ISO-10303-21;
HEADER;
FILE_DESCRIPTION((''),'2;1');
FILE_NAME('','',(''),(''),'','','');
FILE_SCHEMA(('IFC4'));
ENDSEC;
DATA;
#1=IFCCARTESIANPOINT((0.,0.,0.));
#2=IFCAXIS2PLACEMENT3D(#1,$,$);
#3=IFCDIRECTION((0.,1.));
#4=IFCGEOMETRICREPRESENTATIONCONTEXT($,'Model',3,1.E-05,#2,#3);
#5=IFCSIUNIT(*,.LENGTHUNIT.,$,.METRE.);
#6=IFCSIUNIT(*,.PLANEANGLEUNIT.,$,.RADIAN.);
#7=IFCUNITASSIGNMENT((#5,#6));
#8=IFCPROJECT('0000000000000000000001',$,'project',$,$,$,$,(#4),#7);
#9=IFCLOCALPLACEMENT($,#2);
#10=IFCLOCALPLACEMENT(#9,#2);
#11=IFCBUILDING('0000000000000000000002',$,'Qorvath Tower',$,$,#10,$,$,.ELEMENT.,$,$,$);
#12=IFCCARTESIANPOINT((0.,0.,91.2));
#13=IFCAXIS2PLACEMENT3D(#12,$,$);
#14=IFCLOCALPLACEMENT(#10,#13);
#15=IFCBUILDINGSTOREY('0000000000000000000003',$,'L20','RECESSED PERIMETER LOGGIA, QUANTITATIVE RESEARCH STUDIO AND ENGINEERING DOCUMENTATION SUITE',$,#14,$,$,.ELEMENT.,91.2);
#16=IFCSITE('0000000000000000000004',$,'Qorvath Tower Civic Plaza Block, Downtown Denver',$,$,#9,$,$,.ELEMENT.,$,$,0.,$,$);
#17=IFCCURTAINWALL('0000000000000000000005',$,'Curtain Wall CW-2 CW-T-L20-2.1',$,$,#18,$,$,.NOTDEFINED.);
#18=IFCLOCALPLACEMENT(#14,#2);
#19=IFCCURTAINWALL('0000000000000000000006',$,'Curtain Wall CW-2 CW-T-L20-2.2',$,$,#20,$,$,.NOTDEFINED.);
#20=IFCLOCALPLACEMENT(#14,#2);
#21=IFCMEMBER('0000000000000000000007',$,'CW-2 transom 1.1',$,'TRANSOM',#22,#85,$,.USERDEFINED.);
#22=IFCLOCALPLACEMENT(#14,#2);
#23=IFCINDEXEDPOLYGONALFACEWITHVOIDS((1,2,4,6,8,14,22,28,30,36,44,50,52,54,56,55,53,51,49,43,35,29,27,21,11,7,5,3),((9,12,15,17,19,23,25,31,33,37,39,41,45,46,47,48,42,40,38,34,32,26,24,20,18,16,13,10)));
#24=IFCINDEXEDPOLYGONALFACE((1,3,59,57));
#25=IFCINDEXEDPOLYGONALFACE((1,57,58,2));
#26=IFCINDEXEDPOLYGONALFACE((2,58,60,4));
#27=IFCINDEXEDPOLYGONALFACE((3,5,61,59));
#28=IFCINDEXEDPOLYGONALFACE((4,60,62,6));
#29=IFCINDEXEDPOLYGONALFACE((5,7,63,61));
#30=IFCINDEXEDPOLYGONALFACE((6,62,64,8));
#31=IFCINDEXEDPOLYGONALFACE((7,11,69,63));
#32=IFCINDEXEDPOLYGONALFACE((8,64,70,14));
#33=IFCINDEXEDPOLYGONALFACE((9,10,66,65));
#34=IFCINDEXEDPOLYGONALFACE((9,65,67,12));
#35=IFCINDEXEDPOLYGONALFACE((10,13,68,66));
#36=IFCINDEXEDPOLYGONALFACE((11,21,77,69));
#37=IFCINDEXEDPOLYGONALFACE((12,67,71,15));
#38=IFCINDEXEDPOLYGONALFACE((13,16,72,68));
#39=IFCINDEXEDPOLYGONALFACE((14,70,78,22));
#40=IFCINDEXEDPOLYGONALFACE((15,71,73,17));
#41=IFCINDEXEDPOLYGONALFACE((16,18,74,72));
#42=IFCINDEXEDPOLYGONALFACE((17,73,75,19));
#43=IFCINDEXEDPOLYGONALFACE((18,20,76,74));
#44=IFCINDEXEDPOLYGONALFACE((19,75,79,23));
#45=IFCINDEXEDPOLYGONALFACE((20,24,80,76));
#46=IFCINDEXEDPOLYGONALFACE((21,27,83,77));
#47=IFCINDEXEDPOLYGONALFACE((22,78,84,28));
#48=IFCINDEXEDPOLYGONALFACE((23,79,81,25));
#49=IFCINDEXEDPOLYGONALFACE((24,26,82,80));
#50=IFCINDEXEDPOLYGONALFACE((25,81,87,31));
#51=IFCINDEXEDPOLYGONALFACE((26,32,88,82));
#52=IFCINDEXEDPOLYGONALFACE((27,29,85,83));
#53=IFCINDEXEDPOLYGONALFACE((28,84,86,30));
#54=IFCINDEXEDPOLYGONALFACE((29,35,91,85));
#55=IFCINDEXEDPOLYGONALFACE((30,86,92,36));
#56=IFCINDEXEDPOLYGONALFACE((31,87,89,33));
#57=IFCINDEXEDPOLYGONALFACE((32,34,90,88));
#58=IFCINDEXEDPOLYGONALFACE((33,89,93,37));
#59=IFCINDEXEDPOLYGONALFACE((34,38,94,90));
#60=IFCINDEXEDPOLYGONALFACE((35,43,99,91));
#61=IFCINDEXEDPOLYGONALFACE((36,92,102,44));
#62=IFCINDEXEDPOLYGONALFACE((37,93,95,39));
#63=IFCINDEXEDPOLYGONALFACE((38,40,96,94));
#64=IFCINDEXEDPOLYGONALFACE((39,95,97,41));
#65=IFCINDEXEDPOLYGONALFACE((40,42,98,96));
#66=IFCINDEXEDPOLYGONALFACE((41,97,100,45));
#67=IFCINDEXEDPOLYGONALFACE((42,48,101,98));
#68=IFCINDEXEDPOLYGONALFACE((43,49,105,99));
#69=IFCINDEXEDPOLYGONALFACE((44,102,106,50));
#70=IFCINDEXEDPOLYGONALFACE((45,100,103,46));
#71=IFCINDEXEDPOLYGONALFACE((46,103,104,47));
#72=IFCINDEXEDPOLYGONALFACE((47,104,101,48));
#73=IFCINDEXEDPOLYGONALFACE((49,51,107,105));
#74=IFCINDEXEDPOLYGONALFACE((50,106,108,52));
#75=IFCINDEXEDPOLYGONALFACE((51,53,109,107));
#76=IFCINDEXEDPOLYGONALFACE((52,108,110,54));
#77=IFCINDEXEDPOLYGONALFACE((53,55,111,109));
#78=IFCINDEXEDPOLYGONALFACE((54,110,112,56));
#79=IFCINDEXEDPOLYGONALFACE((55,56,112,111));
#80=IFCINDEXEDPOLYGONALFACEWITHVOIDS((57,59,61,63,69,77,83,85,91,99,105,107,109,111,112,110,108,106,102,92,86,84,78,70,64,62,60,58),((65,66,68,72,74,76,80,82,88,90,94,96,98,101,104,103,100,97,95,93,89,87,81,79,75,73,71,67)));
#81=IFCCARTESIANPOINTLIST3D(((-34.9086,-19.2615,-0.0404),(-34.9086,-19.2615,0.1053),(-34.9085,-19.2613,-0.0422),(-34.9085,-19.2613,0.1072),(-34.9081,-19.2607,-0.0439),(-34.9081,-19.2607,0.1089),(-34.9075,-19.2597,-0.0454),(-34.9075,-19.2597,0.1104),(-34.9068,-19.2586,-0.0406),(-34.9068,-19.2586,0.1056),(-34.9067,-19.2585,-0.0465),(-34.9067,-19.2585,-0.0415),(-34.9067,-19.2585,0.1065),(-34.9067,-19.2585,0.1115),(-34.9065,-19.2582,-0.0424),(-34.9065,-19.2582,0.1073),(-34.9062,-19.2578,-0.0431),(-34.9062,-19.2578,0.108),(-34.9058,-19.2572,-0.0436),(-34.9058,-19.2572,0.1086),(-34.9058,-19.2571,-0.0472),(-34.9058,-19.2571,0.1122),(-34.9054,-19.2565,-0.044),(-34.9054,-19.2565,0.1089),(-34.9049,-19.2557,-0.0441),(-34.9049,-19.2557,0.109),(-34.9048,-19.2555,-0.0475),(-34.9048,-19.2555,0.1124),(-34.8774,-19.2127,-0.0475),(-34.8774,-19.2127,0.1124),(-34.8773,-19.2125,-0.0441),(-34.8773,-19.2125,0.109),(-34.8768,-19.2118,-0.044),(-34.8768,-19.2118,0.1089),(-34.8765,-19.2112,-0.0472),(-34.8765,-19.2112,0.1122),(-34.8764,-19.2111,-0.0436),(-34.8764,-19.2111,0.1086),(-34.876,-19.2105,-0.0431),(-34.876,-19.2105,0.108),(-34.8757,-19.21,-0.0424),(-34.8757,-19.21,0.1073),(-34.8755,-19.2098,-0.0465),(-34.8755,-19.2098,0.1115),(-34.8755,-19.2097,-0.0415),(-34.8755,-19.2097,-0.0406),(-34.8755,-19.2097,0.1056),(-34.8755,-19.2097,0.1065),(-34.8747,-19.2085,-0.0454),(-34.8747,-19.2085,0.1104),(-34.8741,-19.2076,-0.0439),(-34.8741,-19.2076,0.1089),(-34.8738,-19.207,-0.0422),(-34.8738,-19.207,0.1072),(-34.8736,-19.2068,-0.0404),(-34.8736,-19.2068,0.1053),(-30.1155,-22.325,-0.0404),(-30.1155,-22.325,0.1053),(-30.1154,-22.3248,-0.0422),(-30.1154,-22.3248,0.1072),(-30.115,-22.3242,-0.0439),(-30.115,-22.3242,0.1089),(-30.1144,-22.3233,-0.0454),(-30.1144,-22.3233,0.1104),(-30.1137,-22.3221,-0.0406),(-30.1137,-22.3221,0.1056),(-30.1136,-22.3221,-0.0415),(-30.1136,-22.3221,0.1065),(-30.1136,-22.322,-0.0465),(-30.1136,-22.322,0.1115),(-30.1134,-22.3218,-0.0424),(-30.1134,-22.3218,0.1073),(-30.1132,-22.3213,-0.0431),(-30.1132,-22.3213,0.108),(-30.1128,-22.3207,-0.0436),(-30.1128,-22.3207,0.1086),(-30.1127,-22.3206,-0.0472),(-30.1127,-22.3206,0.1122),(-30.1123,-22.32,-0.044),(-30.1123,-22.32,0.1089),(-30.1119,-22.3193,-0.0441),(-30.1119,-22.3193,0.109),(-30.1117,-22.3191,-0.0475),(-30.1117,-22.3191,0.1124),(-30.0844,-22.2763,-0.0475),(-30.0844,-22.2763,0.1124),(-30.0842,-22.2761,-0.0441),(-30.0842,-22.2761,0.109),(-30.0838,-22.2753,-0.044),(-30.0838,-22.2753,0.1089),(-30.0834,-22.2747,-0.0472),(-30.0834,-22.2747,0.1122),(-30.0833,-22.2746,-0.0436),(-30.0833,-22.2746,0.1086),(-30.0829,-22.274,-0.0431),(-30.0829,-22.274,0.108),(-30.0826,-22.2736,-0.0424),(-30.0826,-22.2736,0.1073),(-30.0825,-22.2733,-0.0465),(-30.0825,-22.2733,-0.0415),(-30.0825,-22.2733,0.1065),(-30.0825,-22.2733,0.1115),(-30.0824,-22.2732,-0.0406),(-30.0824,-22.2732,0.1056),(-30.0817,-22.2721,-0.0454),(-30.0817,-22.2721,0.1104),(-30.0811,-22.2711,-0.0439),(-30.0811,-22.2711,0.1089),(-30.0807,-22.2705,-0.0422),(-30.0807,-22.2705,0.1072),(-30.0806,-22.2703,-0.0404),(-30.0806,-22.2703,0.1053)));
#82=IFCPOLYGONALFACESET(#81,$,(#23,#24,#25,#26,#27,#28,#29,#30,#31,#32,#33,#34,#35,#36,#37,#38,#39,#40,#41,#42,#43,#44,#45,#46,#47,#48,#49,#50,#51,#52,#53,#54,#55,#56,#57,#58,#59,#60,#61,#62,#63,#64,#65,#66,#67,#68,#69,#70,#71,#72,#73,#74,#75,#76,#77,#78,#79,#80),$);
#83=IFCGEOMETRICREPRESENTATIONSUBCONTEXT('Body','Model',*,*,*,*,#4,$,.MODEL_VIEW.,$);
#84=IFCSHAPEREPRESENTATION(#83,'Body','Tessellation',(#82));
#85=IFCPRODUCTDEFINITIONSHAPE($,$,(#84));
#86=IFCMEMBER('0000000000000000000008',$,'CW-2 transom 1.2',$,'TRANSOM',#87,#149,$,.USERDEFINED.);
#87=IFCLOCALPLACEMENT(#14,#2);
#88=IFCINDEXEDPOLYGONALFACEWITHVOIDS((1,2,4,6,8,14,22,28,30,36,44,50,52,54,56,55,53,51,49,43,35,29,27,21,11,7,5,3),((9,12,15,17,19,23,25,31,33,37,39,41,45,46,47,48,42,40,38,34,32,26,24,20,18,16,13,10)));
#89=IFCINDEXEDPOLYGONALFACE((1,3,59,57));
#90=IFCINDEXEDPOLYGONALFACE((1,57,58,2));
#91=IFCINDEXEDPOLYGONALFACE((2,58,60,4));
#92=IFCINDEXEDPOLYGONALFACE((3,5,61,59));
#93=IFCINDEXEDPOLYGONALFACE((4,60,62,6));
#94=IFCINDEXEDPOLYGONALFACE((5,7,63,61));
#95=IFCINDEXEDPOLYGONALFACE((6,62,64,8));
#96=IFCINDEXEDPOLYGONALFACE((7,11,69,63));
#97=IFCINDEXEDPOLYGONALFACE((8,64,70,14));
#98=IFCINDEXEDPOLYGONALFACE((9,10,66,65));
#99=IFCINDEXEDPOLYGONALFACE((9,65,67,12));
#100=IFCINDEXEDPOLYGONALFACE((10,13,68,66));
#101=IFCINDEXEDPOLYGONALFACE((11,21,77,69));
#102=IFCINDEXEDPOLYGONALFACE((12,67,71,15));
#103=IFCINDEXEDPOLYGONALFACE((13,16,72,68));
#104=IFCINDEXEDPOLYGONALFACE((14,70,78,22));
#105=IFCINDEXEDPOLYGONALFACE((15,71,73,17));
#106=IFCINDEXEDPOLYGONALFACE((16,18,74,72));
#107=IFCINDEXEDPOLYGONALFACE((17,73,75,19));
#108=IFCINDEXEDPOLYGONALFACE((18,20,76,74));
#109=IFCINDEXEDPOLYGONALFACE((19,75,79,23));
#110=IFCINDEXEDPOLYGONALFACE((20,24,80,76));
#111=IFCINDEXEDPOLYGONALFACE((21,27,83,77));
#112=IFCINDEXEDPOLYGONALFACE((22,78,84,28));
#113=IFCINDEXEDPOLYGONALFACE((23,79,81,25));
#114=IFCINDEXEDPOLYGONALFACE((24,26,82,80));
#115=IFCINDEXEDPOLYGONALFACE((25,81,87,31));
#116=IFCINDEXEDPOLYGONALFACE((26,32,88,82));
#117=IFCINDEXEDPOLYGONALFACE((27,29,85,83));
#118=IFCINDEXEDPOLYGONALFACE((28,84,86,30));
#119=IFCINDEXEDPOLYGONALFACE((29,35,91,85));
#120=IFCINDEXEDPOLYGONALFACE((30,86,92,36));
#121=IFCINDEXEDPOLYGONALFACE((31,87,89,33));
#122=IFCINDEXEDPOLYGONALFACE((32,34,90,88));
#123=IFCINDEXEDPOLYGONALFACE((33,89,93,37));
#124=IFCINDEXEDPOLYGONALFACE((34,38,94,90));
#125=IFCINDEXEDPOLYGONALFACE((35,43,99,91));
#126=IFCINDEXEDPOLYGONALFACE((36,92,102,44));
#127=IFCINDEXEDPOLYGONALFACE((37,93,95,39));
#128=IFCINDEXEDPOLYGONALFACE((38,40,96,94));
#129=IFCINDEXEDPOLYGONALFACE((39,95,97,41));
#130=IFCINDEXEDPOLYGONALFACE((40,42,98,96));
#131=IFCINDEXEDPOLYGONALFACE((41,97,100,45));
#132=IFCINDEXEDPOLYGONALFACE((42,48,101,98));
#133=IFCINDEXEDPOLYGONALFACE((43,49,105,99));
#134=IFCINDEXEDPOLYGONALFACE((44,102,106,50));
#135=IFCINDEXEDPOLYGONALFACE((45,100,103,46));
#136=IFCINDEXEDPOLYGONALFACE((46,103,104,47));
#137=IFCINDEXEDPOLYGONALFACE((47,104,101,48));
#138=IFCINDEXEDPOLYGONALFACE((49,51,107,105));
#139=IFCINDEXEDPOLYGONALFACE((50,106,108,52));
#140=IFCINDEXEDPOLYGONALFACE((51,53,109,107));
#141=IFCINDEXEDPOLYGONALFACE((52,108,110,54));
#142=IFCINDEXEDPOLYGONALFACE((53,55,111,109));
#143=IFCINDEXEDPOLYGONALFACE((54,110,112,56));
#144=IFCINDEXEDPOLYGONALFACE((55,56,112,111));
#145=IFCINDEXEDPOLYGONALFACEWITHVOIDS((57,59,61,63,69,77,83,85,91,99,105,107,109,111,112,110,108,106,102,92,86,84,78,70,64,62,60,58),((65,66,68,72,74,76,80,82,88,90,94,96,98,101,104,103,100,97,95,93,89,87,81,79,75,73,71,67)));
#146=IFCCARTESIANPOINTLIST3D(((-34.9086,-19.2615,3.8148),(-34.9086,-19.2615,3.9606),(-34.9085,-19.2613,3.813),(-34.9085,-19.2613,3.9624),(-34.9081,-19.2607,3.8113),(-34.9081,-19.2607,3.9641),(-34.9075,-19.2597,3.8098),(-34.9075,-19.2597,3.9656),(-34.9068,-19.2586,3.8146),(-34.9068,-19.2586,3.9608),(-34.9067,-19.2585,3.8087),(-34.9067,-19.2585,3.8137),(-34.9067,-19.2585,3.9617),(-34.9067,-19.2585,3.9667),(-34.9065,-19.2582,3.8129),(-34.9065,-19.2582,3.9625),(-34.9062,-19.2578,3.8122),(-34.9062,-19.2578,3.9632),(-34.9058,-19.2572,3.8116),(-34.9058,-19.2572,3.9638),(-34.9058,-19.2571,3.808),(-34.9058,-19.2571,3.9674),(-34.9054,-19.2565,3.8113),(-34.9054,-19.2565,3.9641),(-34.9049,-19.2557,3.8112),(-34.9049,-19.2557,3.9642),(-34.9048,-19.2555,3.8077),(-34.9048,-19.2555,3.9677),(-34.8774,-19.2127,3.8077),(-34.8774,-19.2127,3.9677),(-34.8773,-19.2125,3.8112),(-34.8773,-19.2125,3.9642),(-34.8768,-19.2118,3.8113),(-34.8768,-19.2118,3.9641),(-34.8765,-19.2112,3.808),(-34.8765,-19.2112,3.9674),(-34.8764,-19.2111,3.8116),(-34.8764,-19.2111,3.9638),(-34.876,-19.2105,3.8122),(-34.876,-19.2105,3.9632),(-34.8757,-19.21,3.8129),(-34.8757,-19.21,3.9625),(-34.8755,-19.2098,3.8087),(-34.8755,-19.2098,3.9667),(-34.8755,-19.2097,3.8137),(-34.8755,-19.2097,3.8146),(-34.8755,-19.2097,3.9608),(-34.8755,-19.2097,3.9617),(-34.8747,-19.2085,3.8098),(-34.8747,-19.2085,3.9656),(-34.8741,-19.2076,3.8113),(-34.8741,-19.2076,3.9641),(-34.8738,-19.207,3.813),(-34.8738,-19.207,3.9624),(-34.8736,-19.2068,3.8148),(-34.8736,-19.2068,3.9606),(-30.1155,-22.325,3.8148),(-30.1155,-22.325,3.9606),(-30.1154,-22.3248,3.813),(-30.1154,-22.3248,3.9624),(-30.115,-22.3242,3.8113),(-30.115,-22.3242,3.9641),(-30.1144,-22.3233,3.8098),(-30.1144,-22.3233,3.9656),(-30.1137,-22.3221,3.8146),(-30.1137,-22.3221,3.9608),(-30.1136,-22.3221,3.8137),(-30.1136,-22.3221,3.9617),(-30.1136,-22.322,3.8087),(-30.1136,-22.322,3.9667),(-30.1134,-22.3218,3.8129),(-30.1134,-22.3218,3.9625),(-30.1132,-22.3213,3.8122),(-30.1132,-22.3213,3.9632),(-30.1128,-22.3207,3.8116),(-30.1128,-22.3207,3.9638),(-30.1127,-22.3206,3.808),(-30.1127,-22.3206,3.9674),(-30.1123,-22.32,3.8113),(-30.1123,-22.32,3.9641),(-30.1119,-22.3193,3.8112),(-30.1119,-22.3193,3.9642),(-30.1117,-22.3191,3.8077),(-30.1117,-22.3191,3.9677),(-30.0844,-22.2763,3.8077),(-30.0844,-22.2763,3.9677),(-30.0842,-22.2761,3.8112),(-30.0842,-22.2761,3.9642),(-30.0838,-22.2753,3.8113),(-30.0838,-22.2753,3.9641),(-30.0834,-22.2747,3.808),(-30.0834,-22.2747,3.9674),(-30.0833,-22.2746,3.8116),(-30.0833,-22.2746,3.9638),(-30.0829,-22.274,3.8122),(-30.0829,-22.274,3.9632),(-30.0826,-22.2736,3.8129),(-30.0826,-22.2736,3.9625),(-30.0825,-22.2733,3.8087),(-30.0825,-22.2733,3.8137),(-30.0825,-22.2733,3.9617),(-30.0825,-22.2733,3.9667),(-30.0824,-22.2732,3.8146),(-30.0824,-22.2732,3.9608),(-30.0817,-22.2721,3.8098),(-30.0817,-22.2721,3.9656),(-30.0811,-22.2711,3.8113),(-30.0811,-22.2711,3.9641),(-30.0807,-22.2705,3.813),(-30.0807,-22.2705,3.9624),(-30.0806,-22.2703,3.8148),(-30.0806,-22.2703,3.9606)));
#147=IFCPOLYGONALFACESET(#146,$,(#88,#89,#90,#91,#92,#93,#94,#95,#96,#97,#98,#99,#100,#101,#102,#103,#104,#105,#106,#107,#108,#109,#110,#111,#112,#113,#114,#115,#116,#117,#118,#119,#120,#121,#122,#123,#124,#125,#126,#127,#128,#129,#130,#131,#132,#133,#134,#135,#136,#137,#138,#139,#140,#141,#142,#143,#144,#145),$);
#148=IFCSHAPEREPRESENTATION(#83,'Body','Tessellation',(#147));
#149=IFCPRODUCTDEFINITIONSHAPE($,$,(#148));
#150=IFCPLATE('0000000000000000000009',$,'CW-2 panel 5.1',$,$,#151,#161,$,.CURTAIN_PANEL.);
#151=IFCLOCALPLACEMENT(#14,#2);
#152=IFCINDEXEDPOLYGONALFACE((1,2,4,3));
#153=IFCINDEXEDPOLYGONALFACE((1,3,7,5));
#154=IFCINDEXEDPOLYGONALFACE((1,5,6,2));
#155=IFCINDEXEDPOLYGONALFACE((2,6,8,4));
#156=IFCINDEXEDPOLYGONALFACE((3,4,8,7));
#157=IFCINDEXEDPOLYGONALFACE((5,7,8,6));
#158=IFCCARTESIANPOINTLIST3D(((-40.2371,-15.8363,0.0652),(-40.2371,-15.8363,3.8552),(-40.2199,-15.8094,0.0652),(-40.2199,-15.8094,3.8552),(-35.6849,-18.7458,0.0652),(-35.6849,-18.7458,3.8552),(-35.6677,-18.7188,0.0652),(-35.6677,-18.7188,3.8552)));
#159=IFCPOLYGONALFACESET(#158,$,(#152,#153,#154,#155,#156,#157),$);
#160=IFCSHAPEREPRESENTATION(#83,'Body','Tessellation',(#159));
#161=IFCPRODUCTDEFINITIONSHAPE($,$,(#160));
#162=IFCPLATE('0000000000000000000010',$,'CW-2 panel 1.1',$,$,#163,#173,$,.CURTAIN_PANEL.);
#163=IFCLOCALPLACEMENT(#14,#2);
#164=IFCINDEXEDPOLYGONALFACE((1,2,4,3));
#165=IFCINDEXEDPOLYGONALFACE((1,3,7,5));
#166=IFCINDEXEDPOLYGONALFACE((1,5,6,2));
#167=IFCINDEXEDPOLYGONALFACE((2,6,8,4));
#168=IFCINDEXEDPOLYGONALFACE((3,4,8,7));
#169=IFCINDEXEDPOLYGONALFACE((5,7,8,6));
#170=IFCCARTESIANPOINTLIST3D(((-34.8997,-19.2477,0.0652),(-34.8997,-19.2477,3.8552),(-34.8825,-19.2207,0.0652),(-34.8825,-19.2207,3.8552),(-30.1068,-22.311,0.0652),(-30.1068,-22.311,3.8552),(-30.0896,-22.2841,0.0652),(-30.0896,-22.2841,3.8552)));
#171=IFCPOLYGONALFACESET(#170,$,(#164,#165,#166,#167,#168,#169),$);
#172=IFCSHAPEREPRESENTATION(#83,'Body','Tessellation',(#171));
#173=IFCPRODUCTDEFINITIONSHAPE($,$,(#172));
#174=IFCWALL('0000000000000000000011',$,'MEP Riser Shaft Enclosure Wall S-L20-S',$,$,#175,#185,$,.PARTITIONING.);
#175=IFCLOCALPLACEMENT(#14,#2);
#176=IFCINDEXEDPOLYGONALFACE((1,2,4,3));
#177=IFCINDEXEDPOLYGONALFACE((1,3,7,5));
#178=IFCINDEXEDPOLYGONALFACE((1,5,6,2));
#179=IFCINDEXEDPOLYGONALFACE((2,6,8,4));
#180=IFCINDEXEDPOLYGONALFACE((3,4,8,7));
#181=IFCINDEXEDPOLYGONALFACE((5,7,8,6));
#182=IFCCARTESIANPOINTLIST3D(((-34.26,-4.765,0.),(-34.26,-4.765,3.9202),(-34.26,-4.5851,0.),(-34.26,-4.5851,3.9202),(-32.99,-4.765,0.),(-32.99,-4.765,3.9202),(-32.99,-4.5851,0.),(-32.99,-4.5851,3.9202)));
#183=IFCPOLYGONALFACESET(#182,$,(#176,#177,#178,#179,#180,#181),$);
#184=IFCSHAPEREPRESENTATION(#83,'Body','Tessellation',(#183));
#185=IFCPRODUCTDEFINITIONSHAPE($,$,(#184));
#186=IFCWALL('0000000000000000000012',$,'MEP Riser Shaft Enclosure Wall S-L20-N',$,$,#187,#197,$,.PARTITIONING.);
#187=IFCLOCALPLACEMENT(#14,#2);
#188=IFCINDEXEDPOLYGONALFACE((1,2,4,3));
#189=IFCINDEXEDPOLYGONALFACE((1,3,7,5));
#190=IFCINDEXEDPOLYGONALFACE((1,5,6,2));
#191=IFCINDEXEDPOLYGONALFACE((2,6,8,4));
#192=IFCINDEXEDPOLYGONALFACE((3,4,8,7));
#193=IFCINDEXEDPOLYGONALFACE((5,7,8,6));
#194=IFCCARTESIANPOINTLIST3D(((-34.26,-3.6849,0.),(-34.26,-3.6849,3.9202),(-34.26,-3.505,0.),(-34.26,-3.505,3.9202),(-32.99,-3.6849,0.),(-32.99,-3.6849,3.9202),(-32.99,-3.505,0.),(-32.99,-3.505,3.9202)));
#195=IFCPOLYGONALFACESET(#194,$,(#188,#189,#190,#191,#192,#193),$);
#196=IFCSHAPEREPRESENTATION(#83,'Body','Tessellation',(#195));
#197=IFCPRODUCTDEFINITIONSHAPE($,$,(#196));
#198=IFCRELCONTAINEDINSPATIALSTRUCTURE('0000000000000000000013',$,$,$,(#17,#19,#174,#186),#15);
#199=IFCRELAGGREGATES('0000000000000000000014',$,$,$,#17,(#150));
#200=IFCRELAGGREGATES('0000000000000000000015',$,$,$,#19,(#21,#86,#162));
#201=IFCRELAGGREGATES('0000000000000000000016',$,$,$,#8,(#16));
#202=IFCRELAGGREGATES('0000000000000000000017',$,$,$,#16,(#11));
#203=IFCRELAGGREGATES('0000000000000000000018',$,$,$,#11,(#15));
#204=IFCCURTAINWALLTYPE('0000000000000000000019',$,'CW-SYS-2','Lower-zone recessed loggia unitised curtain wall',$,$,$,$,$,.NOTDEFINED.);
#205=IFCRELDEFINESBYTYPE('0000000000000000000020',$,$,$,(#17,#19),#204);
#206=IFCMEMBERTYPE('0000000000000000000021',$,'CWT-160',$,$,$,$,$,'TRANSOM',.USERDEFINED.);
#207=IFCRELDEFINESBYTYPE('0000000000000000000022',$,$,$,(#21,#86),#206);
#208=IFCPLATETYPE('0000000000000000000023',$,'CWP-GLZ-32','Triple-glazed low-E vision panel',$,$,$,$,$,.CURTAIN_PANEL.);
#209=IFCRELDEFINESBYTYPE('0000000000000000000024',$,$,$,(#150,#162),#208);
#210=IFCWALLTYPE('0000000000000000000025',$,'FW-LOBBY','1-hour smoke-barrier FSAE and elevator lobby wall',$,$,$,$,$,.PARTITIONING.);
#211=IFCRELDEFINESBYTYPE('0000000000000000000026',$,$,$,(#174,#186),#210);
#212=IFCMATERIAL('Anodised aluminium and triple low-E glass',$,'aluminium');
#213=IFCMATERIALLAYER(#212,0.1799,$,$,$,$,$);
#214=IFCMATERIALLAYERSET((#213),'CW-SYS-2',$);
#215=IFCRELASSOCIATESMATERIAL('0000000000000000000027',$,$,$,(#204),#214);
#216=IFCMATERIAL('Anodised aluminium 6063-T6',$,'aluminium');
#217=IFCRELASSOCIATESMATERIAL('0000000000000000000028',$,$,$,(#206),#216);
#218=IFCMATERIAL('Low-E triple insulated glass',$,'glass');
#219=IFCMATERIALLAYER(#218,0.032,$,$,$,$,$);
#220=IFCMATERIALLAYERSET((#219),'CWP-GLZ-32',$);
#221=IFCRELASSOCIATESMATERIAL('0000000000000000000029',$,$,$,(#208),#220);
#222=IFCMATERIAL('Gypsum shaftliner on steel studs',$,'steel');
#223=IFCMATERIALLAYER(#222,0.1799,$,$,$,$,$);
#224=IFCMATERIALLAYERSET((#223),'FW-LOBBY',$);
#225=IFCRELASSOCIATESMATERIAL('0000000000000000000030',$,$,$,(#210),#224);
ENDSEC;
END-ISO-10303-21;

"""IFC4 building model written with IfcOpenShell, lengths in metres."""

from ifc_helpers import new_model, si_unit, direction, frame, frame_2d, origin, origin_2d, place, context, subcontext, project, spatial, rectangle, hollow_rectangle, extrude, material, layer, layer_set, material_profile, profile_set, type_object, element, aggregate, save


model = new_model("IFC4")

# Units and contexts
model_context = context("Model", 3, precision=1e-05, world=origin(), true_north=direction((0.0, 1.0)))
body_context = subcontext(model_context, "Body", "Model", "MODEL_VIEW")
ifc_project = project(units=[si_unit("LENGTHUNIT", "METRE"), si_unit("PLANEANGLEUNIT", "RADIAN")], contexts=[model_context])

# Site, building, storey
site_placement = place(None, origin())
site = spatial("IfcSite", under=ifc_project, at=site_placement, Name="Qorvath Tower Civic Plaza Block, Downtown Denver", CompositionType="ELEMENT", RefElevation=0.0)
building_placement = place(site_placement, origin())
building = spatial("IfcBuilding", under=site, at=building_placement, Name="Qorvath Tower", CompositionType="ELEMENT")
storey_placement = place(building_placement, frame((0.0, 0.0, 91.2)))
storey = spatial("IfcBuildingStorey", under=building, at=storey_placement, Name="L20", Description="RECESSED PERIMETER LOGGIA, QUANTITATIVE RESEARCH STUDIO AND ENGINEERING DOCUMENTATION SUITE", CompositionType="ELEMENT", Elevation=91.2)

# Curtain wall
ifc_material_1 = material(Name="Anodised aluminium and triple low-E glass", Category="aluminium")
ifc_layer_1 = layer(ifc_material_1, 0.1799)
ifc_layer_set_1 = layer_set([ifc_layer_1], Name="CW-SYS-2")
curtain_wall_type = type_object("IfcCurtainWallType", Name="CW-SYS-2", Description="Lower-zone recessed loggia unitised curtain wall", PredefinedType="NOTDEFINED", material=ifc_layer_set_1)
curtain_wall_1_placement = place(storey_placement, origin())
curtain_wall_1 = element("IfcCurtainWall", 1, at=curtain_wall_1_placement, inside=storey, type_object=curtain_wall_type, Name="Curtain Wall CW-2 CW-T-L20-2.1", PredefinedType="NOTDEFINED")

# Curtain wall, members
curtain_wall_2_placement = place(storey_placement, origin())
curtain_wall_2 = element("IfcCurtainWall", 2, at=curtain_wall_2_placement, inside=storey, type_object=curtain_wall_type, Name="Curtain Wall CW-2 CW-T-L20-2.2", PredefinedType="NOTDEFINED")
ifc_material_2 = material(Name="Anodised aluminium 6063-T6", Category="aluminium")
ifc_material_profile_1 = material_profile(ifc_material_2, hollow_rectangle(XDim=0.0649, YDim=0.1599, WallThickness=0.0034, InnerFilletRadius=0.0034, OuterFilletRadius=0.0071, at=origin_2d()), Name="CWT 160x65")
ifc_profile_set_1 = profile_set([ifc_material_profile_1], Name="Anodised aluminium 6063-T6")
member_type_1 = type_object("IfcMemberType", Name="CWT-160", ElementType="TRANSOM", PredefinedType="USERDEFINED", material=ifc_profile_set_1)
member_1_placement = place(storey_placement, frame((-34.8911, -19.2341, 0.0325), z_axis=(0.842592, -0.538552, 0.0), x_axis=(0.538552, 0.842592, 0.0)))
member_1 = element("IfcMember", 3, at=member_1_placement, type_object=member_type_1, Name="CW-2 transom 1.1", ObjectType="TRANSOM", PredefinedType="USERDEFINED", context=body_context, shape_type="SweptSolid", body=[
    extrude(hollow_rectangle(XDim=0.0649, YDim=0.1599, WallThickness=0.0034, InnerFilletRadius=0.0034, OuterFilletRadius=0.0071, at=origin_2d()), origin(), (0.0, 0.0, 1.0), 5.6885),
])
member_2_placement = place(storey_placement, frame((-34.8911, -19.2341, 3.8877), z_axis=(0.842592, -0.538552, 0.0), x_axis=(0.538552, 0.842592, 0.0)))
member_2 = element("IfcMember", 4, at=member_2_placement, type_object=member_type_1, Name="CW-2 transom 1.2", ObjectType="TRANSOM", PredefinedType="USERDEFINED", context=body_context, shape_type="SweptSolid", body=[
    extrude(hollow_rectangle(XDim=0.0649, YDim=0.1599, WallThickness=0.0034, InnerFilletRadius=0.0034, OuterFilletRadius=0.0071, at=origin_2d()), origin(), (0.0, 0.0, 1.0), 5.6885),
])

# Plates
ifc_material_3 = material(Name="Low-E triple insulated glass", Category="glass")
ifc_layer_2 = layer(ifc_material_3, 0.032)
ifc_layer_set_2 = layer_set([ifc_layer_2], Name="CWP-GLZ-32")
plate_type = type_object("IfcPlateType", Name="CWP-GLZ-32", Description="Triple-glazed low-E vision panel", PredefinedType="CURTAIN_PANEL", material=ifc_layer_set_2)
plate_1_placement = place(storey_placement, frame((-37.9524, -17.2776, 0.0652), z_axis=(0.0, 0.0, 1.0), x_axis=(0.842607, -0.538529, 0.0)))
plate_1 = element("IfcPlate", 5, at=plate_1_placement, type_object=plate_type, Name="CW-2 panel 5.1", PredefinedType="CURTAIN_PANEL", context=body_context, shape_type="SweptSolid", body=[
    extrude(rectangle(XDim=5.4026, YDim=0.032, at=origin_2d()), origin(), (0.0, 0.0, 1.0), 3.79),
])
aggregate(curtain_wall_1, [plate_1])
plate_2_placement = place(storey_placement, frame((-32.4946, -20.7659, 0.0652), z_axis=(0.0, 0.0, 1.0), x_axis=(0.842601, -0.538539, 0.0)))
plate_2 = element("IfcPlate", 6, at=plate_2_placement, type_object=plate_type, Name="CW-2 panel 1.1", PredefinedType="CURTAIN_PANEL", context=body_context, shape_type="SweptSolid", body=[
    extrude(rectangle(XDim=5.6882, YDim=0.032, at=origin_2d()), origin(), (0.0, 0.0, 1.0), 3.79),
])
aggregate(curtain_wall_2, [member_1, member_2, plate_2])

# Walls
ifc_material_4 = material(Name="Gypsum shaftliner on steel studs", Category="steel")
ifc_layer_3 = layer(ifc_material_4, 0.1799)
ifc_layer_set_3 = layer_set([ifc_layer_3], Name="FW-LOBBY")
wall_type_1 = type_object("IfcWallType", Name="FW-LOBBY", Description="1-hour smoke-barrier FSAE and elevator lobby wall", PredefinedType="PARTITIONING", material=ifc_layer_set_3)
for number, where, z_axis, x_axis, name in (
    (7, (-32.99, -4.675, 0.0), (0.0, 0.0, 1.0), (-1.0, 0.0, 0.0), "MEP Riser Shaft Enclosure Wall S-L20-S"),
    (8, (-34.26, -3.595, 0.0), (0.0, 0.0, 1.0), (1.0, 0.0, 0.0), "MEP Riser Shaft Enclosure Wall S-L20-N"),
):
    element("IfcWall", number, at=place(storey_placement, frame(where, z_axis=z_axis, x_axis=x_axis)), inside=storey, type_object=wall_type_1, Name=name, PredefinedType="PARTITIONING", context=body_context, shape_type="SweptSolid", body=[
        extrude(rectangle(XDim=1.27, YDim=0.1799, at=frame_2d((0.635, 0.0))), origin(), (0.0, 0.0, 1.0), 3.9202),
    ])

save(model, "model.ifc")
